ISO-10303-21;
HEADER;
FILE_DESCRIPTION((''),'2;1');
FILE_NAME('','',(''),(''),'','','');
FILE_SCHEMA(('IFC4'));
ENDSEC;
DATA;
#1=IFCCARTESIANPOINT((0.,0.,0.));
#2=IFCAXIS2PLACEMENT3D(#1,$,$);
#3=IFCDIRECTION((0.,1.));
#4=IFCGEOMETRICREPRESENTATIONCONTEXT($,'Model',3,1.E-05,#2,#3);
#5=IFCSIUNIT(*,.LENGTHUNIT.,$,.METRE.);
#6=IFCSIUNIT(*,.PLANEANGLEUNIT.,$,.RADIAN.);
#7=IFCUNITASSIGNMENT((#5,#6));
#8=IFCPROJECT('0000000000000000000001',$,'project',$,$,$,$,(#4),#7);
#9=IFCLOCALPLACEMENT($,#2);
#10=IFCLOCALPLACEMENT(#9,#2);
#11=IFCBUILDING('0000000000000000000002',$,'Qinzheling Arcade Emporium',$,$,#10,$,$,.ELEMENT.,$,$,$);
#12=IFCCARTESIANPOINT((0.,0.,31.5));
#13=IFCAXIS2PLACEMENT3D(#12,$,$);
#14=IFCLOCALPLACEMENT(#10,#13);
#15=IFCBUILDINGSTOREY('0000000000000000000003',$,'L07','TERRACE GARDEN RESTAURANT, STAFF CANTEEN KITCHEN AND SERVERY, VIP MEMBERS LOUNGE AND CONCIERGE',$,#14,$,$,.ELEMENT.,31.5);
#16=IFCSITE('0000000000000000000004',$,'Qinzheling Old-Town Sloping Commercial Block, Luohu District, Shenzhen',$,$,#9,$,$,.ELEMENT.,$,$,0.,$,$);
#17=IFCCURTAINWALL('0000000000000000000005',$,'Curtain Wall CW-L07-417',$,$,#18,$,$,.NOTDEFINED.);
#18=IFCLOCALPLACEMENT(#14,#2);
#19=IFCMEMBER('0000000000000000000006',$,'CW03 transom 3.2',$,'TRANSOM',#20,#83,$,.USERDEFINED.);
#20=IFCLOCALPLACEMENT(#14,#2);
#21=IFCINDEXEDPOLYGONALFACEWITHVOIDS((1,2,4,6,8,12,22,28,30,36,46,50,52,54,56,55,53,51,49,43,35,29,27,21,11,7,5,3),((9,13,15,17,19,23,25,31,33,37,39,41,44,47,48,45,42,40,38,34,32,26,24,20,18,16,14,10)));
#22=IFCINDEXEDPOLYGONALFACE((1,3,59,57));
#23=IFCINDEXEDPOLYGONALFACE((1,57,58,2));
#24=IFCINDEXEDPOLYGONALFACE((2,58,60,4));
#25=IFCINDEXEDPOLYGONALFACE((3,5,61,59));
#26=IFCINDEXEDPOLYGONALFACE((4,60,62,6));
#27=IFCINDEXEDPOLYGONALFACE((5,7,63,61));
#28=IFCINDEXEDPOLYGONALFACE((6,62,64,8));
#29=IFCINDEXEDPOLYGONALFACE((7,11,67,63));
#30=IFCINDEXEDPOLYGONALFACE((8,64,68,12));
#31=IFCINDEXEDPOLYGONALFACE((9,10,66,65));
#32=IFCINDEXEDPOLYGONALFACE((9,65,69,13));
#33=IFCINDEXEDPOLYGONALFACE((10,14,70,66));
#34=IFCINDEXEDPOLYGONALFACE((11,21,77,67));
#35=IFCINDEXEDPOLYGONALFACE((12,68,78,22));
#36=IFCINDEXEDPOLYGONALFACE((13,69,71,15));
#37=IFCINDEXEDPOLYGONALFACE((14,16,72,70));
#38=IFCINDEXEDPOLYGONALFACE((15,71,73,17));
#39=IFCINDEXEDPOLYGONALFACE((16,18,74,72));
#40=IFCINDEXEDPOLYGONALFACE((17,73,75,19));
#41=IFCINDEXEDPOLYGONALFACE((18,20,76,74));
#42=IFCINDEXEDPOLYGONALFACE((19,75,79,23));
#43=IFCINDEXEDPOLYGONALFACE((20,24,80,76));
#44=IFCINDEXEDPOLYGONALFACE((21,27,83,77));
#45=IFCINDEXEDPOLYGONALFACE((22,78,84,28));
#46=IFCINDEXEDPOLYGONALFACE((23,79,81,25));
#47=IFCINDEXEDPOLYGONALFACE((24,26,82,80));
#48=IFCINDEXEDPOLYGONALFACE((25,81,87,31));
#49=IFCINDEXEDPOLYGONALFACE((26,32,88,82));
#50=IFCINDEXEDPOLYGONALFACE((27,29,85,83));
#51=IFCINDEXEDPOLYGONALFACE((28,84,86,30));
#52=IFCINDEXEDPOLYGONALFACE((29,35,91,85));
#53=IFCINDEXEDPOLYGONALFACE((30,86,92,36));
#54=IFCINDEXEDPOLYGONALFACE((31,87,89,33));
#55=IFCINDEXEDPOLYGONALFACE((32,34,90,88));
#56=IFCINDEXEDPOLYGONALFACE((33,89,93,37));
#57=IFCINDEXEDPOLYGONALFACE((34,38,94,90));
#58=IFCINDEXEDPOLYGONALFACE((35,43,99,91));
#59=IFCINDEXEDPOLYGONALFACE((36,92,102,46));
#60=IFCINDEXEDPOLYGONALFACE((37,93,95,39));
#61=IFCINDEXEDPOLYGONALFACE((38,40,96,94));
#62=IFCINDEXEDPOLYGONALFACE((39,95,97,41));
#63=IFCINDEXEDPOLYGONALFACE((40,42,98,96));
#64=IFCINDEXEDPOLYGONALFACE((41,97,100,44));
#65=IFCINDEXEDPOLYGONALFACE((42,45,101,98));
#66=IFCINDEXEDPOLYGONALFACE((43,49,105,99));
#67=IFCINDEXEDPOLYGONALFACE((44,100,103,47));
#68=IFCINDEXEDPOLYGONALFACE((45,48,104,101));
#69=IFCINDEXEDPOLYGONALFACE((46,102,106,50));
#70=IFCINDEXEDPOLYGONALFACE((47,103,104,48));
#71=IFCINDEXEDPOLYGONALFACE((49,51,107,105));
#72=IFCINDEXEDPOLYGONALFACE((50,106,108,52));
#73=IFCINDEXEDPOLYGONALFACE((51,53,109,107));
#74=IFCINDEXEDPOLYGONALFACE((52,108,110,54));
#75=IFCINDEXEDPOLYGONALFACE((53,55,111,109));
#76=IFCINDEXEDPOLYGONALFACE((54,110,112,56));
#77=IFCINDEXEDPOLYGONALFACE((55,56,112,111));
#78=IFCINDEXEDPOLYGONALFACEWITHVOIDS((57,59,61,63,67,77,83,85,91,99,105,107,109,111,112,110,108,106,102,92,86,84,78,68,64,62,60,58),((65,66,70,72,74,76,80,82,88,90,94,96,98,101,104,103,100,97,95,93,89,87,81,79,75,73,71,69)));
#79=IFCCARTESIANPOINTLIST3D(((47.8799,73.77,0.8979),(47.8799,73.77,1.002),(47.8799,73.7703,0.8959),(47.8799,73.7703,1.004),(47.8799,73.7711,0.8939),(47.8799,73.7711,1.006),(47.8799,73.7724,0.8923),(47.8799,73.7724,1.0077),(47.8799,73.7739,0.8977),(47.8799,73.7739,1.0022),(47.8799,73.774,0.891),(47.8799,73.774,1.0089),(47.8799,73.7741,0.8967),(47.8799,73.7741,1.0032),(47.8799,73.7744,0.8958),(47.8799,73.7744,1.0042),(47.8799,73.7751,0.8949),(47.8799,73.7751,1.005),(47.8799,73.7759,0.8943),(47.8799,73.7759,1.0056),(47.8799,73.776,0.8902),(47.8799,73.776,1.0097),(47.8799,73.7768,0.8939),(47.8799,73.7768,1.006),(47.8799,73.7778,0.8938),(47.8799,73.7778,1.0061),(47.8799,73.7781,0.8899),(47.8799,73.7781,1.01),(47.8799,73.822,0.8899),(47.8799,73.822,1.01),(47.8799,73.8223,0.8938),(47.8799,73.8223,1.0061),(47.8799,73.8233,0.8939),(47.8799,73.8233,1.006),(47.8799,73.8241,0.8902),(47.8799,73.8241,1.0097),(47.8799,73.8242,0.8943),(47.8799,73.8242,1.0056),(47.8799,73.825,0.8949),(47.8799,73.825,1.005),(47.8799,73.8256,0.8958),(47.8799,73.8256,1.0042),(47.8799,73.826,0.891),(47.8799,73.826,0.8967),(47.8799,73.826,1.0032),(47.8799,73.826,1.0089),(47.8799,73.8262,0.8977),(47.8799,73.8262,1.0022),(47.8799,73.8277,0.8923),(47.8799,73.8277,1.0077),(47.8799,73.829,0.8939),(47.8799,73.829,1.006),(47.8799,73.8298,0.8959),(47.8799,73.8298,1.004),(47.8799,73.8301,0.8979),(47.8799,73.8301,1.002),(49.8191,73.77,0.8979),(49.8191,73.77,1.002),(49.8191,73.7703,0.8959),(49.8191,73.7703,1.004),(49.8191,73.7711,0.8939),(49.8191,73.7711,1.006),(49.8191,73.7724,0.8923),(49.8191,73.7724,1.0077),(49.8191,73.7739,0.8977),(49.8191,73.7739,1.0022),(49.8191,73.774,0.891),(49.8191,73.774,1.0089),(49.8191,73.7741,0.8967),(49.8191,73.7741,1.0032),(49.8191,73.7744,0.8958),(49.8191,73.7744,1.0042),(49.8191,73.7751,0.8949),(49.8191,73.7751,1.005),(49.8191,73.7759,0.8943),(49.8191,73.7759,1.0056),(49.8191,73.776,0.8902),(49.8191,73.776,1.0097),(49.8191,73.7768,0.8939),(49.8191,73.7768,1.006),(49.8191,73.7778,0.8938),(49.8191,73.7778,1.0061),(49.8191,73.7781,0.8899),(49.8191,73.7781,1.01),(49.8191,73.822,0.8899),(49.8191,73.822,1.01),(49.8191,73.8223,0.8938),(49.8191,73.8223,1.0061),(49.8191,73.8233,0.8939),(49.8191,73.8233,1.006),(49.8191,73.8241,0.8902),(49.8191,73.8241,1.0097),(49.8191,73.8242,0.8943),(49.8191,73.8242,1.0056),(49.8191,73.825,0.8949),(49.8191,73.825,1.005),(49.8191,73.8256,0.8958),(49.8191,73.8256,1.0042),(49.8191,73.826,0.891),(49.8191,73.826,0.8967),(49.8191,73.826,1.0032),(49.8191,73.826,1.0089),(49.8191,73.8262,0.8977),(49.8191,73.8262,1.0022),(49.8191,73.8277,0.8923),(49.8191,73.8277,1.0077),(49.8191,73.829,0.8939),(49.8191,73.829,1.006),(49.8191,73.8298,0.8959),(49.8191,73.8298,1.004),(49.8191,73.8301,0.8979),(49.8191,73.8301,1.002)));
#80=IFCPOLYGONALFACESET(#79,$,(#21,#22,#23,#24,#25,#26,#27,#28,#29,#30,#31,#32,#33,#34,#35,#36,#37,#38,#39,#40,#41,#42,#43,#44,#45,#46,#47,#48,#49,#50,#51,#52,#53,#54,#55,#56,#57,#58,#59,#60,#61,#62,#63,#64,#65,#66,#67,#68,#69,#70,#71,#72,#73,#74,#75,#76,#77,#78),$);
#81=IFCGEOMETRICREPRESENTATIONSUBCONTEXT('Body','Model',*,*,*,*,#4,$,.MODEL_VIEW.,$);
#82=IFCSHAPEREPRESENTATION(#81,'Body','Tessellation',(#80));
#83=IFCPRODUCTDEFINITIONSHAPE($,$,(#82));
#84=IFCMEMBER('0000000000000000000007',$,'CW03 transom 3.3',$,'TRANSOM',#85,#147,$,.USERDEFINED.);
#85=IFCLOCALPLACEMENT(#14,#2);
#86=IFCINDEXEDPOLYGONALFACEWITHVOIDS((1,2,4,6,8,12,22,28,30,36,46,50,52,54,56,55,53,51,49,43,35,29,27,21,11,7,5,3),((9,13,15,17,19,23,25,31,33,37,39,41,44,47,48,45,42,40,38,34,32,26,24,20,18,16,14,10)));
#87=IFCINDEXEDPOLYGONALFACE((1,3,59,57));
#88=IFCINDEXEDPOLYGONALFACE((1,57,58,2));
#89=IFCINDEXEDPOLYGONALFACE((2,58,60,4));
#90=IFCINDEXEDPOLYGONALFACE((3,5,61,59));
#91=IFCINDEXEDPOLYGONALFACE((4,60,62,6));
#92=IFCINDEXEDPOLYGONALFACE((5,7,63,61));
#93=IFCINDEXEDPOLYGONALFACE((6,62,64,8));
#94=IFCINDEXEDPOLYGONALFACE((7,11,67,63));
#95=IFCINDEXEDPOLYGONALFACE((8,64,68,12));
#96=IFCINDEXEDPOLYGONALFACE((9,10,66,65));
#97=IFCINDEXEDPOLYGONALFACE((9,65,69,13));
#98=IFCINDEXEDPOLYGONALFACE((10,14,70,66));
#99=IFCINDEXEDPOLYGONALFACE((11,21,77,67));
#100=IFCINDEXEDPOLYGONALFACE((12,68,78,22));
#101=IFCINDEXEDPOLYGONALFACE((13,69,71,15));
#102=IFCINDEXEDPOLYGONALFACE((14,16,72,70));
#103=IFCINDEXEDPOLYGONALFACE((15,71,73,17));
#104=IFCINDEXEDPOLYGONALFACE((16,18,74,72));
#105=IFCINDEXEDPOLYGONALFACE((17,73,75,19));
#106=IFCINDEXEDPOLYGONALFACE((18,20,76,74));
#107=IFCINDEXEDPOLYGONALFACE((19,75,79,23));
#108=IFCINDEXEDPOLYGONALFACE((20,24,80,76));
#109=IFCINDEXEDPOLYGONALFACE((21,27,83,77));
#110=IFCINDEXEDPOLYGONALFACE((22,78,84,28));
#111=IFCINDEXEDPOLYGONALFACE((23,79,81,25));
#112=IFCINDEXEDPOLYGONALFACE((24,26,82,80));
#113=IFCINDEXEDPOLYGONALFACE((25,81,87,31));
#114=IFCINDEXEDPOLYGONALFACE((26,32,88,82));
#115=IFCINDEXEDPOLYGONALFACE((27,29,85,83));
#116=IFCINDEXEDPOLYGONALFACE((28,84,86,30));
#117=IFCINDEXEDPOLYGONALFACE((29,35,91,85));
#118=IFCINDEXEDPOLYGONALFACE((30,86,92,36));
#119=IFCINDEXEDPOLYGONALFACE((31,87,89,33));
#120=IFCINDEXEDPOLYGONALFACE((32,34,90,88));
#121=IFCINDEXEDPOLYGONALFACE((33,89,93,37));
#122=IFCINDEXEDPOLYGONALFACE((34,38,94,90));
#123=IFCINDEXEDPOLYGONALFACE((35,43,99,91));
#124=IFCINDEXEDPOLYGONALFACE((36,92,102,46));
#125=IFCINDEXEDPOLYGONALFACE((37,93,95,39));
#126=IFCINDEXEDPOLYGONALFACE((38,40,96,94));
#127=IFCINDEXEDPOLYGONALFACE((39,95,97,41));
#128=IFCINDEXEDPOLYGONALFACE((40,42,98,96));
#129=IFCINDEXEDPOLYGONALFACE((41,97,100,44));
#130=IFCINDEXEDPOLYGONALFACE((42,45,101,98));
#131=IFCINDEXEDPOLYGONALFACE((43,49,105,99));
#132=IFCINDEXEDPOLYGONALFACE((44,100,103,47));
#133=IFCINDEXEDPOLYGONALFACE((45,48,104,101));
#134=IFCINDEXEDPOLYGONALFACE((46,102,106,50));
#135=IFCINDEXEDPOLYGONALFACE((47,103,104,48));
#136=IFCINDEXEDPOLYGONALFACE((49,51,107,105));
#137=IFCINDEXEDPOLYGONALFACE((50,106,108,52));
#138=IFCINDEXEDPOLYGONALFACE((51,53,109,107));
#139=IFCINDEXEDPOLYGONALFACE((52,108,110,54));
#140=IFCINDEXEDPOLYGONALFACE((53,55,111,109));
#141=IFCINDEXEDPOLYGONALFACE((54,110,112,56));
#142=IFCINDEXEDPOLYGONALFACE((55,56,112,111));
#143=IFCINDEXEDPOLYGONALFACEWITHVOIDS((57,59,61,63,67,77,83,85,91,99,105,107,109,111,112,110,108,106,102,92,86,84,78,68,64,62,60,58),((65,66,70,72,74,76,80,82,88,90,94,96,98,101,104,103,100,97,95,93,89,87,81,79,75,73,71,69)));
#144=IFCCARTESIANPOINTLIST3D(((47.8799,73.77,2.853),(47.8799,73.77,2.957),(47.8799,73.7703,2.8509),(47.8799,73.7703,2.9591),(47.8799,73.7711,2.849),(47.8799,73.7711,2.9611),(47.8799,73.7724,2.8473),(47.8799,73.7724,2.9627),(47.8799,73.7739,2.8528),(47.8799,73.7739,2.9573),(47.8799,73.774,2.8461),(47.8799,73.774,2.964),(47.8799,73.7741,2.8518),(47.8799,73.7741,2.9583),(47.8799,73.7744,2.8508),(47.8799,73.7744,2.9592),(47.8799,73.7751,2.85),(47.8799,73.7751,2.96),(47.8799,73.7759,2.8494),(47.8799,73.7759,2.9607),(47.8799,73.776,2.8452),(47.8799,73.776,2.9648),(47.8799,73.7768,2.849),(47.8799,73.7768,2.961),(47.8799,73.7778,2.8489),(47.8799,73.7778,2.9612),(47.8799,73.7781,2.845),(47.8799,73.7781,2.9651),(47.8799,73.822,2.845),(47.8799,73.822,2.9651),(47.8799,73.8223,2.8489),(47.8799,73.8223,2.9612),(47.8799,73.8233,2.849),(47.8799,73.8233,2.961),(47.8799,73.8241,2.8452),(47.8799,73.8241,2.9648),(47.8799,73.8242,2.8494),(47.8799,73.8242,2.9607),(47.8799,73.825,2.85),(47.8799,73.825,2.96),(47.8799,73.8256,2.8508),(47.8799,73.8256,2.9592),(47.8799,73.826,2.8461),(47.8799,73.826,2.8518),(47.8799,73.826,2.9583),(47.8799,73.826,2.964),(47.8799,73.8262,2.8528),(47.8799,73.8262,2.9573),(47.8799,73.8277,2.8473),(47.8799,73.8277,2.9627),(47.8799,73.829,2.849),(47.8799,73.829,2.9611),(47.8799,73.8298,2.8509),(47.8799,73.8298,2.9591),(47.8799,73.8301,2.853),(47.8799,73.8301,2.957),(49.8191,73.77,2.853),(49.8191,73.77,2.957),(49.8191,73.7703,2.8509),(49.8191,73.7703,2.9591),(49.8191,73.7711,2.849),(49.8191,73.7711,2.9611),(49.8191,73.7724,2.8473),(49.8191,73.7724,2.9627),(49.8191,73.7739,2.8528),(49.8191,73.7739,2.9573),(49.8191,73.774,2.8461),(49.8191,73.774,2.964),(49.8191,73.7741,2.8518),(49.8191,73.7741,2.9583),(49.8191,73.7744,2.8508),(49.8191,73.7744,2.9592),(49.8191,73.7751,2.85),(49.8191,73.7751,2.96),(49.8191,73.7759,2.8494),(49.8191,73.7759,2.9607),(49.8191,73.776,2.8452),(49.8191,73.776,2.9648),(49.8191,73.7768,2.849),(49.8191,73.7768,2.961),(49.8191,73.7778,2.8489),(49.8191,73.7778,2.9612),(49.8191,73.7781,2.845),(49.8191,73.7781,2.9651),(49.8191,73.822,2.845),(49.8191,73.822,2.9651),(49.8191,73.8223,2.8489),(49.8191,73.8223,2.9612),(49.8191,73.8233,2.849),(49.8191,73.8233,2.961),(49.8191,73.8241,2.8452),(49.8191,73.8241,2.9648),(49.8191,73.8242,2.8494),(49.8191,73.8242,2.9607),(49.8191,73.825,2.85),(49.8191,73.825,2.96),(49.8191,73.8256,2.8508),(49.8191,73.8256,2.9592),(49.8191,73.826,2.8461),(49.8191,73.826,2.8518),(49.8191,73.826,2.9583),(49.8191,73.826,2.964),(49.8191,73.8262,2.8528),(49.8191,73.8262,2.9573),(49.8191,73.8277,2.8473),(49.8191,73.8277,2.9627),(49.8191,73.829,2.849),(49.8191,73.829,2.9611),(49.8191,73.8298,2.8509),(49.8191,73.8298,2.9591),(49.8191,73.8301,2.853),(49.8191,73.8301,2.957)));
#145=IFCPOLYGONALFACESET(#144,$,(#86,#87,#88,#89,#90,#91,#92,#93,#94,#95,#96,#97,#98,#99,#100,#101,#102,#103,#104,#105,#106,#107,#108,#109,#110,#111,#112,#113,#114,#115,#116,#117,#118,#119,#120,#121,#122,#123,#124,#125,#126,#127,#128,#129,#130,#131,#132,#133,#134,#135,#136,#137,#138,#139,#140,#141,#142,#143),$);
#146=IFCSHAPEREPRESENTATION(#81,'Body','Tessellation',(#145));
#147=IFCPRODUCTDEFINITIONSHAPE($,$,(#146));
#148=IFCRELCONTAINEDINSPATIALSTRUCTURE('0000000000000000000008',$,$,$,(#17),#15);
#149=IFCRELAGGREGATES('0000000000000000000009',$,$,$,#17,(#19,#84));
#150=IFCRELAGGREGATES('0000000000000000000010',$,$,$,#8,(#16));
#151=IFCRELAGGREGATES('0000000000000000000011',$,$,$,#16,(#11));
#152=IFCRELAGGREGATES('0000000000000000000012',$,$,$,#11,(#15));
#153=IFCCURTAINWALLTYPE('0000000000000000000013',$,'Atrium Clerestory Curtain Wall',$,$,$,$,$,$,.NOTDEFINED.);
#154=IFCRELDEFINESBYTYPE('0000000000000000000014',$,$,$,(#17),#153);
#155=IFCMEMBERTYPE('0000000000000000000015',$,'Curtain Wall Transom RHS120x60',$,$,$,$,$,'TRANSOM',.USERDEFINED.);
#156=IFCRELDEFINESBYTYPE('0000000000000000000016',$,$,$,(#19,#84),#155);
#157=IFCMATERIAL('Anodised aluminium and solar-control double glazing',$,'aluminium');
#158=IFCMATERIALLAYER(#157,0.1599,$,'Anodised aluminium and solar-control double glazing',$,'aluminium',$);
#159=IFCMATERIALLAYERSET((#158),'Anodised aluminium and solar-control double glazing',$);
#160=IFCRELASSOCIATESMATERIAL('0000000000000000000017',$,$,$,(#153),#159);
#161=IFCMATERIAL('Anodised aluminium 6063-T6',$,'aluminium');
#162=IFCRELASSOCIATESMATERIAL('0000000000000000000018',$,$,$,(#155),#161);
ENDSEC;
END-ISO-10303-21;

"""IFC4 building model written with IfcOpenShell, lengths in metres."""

from ifc_helpers import new_model, si_unit, direction, frame, origin, origin_2d, place, context, subcontext, project, spatial, hollow_rectangle, extrude, material, layer, layer_set, material_profile, profile_set, type_object, element, aggregate, save


model = new_model("IFC4")

# Units and contexts
model_context = context("Model", 3, precision=1e-05, world=origin(), true_north=direction((0.0, 1.0)))
body_context = subcontext(model_context, "Body", "Model", "MODEL_VIEW")
ifc_project = project(units=[si_unit("LENGTHUNIT", "METRE"), si_unit("PLANEANGLEUNIT", "RADIAN")], contexts=[model_context])

# Site, building, storey
site_placement = place(None, origin())
site = spatial("IfcSite", under=ifc_project, at=site_placement, Name="Qinzheling Old-Town Sloping Commercial Block, Luohu District, Shenzhen", CompositionType="ELEMENT", RefElevation=0.0)
building_placement = place(site_placement, origin())
building = spatial("IfcBuilding", under=site, at=building_placement, Name="Qinzheling Arcade Emporium", CompositionType="ELEMENT")
storey_placement = place(building_placement, frame((0.0, 0.0, 31.5)))
storey = spatial("IfcBuildingStorey", under=building, at=storey_placement, Name="L07", Description="TERRACE GARDEN RESTAURANT, STAFF CANTEEN KITCHEN AND SERVERY, VIP MEMBERS LOUNGE AND CONCIERGE", CompositionType="ELEMENT", Elevation=31.5)

# Curtain wall, members
ifc_material_1 = material(Name="Anodised aluminium and solar-control double glazing", Category="aluminium")
ifc_layer_1 = layer(ifc_material_1, 0.1599, Name="Anodised aluminium and solar-control double glazing", Category="aluminium")
ifc_layer_set_1 = layer_set([ifc_layer_1], Name="Anodised aluminium and solar-control double glazing")
curtain_wall_type = type_object("IfcCurtainWallType", Name="Atrium Clerestory Curtain Wall", PredefinedType="NOTDEFINED", material=ifc_layer_set_1)
curtain_wall_placement = place(storey_placement, origin())
curtain_wall = element("IfcCurtainWall", 1, at=curtain_wall_placement, inside=storey, type_object=curtain_wall_type, Name="Curtain Wall CW-L07-417", PredefinedType="NOTDEFINED")
ifc_material_2 = material(Name="Anodised aluminium 6063-T6", Category="aluminium")
ifc_material_profile_1 = material_profile(ifc_material_2, hollow_rectangle(XDim=0.0601, YDim=0.1201, WallThickness=0.0039, InnerFilletRadius=0.0039, OuterFilletRadius=0.0081, at=origin_2d()), Name="RHS 120x60x4", Category="aluminium")
ifc_profile_set_1 = profile_set([ifc_material_profile_1], Name="Anodised aluminium 6063-T6")
member_type_1 = type_object("IfcMemberType", Name="Curtain Wall Transom RHS120x60", ElementType="TRANSOM", PredefinedType="USERDEFINED", material=ifc_profile_set_1)
member_1_placement = place(storey_placement, frame((47.8799, 73.8, 0.95), z_axis=(1.0, 0.0, 0.0), x_axis=(0.0, 1.0, 0.0)))
member_1 = element("IfcMember", 2, at=member_1_placement, type_object=member_type_1, Name="CW03 transom 3.2", ObjectType="TRANSOM", PredefinedType="USERDEFINED", context=body_context, shape_type="SweptSolid", body=[
    extrude(hollow_rectangle(XDim=0.0601, YDim=0.1201, WallThickness=0.0039, InnerFilletRadius=0.0039, OuterFilletRadius=0.0081, at=origin_2d()), origin(), (0.0, 0.0, 1.0), 1.9392),
])
member_2_placement = place(storey_placement, frame((47.8799, 73.8, 2.905), z_axis=(1.0, 0.0, 0.0), x_axis=(0.0, 1.0, 0.0)))
member_2 = element("IfcMember", 3, at=member_2_placement, type_object=member_type_1, Name="CW03 transom 3.3", ObjectType="TRANSOM", PredefinedType="USERDEFINED", context=body_context, shape_type="SweptSolid", body=[
    extrude(hollow_rectangle(XDim=0.0601, YDim=0.1201, WallThickness=0.0039, InnerFilletRadius=0.0039, OuterFilletRadius=0.0081, at=origin_2d()), origin(), (0.0, 0.0, 1.0), 1.9392),
])
aggregate(curtain_wall, [member_1, member_2])

save(model, "model.ifc")
